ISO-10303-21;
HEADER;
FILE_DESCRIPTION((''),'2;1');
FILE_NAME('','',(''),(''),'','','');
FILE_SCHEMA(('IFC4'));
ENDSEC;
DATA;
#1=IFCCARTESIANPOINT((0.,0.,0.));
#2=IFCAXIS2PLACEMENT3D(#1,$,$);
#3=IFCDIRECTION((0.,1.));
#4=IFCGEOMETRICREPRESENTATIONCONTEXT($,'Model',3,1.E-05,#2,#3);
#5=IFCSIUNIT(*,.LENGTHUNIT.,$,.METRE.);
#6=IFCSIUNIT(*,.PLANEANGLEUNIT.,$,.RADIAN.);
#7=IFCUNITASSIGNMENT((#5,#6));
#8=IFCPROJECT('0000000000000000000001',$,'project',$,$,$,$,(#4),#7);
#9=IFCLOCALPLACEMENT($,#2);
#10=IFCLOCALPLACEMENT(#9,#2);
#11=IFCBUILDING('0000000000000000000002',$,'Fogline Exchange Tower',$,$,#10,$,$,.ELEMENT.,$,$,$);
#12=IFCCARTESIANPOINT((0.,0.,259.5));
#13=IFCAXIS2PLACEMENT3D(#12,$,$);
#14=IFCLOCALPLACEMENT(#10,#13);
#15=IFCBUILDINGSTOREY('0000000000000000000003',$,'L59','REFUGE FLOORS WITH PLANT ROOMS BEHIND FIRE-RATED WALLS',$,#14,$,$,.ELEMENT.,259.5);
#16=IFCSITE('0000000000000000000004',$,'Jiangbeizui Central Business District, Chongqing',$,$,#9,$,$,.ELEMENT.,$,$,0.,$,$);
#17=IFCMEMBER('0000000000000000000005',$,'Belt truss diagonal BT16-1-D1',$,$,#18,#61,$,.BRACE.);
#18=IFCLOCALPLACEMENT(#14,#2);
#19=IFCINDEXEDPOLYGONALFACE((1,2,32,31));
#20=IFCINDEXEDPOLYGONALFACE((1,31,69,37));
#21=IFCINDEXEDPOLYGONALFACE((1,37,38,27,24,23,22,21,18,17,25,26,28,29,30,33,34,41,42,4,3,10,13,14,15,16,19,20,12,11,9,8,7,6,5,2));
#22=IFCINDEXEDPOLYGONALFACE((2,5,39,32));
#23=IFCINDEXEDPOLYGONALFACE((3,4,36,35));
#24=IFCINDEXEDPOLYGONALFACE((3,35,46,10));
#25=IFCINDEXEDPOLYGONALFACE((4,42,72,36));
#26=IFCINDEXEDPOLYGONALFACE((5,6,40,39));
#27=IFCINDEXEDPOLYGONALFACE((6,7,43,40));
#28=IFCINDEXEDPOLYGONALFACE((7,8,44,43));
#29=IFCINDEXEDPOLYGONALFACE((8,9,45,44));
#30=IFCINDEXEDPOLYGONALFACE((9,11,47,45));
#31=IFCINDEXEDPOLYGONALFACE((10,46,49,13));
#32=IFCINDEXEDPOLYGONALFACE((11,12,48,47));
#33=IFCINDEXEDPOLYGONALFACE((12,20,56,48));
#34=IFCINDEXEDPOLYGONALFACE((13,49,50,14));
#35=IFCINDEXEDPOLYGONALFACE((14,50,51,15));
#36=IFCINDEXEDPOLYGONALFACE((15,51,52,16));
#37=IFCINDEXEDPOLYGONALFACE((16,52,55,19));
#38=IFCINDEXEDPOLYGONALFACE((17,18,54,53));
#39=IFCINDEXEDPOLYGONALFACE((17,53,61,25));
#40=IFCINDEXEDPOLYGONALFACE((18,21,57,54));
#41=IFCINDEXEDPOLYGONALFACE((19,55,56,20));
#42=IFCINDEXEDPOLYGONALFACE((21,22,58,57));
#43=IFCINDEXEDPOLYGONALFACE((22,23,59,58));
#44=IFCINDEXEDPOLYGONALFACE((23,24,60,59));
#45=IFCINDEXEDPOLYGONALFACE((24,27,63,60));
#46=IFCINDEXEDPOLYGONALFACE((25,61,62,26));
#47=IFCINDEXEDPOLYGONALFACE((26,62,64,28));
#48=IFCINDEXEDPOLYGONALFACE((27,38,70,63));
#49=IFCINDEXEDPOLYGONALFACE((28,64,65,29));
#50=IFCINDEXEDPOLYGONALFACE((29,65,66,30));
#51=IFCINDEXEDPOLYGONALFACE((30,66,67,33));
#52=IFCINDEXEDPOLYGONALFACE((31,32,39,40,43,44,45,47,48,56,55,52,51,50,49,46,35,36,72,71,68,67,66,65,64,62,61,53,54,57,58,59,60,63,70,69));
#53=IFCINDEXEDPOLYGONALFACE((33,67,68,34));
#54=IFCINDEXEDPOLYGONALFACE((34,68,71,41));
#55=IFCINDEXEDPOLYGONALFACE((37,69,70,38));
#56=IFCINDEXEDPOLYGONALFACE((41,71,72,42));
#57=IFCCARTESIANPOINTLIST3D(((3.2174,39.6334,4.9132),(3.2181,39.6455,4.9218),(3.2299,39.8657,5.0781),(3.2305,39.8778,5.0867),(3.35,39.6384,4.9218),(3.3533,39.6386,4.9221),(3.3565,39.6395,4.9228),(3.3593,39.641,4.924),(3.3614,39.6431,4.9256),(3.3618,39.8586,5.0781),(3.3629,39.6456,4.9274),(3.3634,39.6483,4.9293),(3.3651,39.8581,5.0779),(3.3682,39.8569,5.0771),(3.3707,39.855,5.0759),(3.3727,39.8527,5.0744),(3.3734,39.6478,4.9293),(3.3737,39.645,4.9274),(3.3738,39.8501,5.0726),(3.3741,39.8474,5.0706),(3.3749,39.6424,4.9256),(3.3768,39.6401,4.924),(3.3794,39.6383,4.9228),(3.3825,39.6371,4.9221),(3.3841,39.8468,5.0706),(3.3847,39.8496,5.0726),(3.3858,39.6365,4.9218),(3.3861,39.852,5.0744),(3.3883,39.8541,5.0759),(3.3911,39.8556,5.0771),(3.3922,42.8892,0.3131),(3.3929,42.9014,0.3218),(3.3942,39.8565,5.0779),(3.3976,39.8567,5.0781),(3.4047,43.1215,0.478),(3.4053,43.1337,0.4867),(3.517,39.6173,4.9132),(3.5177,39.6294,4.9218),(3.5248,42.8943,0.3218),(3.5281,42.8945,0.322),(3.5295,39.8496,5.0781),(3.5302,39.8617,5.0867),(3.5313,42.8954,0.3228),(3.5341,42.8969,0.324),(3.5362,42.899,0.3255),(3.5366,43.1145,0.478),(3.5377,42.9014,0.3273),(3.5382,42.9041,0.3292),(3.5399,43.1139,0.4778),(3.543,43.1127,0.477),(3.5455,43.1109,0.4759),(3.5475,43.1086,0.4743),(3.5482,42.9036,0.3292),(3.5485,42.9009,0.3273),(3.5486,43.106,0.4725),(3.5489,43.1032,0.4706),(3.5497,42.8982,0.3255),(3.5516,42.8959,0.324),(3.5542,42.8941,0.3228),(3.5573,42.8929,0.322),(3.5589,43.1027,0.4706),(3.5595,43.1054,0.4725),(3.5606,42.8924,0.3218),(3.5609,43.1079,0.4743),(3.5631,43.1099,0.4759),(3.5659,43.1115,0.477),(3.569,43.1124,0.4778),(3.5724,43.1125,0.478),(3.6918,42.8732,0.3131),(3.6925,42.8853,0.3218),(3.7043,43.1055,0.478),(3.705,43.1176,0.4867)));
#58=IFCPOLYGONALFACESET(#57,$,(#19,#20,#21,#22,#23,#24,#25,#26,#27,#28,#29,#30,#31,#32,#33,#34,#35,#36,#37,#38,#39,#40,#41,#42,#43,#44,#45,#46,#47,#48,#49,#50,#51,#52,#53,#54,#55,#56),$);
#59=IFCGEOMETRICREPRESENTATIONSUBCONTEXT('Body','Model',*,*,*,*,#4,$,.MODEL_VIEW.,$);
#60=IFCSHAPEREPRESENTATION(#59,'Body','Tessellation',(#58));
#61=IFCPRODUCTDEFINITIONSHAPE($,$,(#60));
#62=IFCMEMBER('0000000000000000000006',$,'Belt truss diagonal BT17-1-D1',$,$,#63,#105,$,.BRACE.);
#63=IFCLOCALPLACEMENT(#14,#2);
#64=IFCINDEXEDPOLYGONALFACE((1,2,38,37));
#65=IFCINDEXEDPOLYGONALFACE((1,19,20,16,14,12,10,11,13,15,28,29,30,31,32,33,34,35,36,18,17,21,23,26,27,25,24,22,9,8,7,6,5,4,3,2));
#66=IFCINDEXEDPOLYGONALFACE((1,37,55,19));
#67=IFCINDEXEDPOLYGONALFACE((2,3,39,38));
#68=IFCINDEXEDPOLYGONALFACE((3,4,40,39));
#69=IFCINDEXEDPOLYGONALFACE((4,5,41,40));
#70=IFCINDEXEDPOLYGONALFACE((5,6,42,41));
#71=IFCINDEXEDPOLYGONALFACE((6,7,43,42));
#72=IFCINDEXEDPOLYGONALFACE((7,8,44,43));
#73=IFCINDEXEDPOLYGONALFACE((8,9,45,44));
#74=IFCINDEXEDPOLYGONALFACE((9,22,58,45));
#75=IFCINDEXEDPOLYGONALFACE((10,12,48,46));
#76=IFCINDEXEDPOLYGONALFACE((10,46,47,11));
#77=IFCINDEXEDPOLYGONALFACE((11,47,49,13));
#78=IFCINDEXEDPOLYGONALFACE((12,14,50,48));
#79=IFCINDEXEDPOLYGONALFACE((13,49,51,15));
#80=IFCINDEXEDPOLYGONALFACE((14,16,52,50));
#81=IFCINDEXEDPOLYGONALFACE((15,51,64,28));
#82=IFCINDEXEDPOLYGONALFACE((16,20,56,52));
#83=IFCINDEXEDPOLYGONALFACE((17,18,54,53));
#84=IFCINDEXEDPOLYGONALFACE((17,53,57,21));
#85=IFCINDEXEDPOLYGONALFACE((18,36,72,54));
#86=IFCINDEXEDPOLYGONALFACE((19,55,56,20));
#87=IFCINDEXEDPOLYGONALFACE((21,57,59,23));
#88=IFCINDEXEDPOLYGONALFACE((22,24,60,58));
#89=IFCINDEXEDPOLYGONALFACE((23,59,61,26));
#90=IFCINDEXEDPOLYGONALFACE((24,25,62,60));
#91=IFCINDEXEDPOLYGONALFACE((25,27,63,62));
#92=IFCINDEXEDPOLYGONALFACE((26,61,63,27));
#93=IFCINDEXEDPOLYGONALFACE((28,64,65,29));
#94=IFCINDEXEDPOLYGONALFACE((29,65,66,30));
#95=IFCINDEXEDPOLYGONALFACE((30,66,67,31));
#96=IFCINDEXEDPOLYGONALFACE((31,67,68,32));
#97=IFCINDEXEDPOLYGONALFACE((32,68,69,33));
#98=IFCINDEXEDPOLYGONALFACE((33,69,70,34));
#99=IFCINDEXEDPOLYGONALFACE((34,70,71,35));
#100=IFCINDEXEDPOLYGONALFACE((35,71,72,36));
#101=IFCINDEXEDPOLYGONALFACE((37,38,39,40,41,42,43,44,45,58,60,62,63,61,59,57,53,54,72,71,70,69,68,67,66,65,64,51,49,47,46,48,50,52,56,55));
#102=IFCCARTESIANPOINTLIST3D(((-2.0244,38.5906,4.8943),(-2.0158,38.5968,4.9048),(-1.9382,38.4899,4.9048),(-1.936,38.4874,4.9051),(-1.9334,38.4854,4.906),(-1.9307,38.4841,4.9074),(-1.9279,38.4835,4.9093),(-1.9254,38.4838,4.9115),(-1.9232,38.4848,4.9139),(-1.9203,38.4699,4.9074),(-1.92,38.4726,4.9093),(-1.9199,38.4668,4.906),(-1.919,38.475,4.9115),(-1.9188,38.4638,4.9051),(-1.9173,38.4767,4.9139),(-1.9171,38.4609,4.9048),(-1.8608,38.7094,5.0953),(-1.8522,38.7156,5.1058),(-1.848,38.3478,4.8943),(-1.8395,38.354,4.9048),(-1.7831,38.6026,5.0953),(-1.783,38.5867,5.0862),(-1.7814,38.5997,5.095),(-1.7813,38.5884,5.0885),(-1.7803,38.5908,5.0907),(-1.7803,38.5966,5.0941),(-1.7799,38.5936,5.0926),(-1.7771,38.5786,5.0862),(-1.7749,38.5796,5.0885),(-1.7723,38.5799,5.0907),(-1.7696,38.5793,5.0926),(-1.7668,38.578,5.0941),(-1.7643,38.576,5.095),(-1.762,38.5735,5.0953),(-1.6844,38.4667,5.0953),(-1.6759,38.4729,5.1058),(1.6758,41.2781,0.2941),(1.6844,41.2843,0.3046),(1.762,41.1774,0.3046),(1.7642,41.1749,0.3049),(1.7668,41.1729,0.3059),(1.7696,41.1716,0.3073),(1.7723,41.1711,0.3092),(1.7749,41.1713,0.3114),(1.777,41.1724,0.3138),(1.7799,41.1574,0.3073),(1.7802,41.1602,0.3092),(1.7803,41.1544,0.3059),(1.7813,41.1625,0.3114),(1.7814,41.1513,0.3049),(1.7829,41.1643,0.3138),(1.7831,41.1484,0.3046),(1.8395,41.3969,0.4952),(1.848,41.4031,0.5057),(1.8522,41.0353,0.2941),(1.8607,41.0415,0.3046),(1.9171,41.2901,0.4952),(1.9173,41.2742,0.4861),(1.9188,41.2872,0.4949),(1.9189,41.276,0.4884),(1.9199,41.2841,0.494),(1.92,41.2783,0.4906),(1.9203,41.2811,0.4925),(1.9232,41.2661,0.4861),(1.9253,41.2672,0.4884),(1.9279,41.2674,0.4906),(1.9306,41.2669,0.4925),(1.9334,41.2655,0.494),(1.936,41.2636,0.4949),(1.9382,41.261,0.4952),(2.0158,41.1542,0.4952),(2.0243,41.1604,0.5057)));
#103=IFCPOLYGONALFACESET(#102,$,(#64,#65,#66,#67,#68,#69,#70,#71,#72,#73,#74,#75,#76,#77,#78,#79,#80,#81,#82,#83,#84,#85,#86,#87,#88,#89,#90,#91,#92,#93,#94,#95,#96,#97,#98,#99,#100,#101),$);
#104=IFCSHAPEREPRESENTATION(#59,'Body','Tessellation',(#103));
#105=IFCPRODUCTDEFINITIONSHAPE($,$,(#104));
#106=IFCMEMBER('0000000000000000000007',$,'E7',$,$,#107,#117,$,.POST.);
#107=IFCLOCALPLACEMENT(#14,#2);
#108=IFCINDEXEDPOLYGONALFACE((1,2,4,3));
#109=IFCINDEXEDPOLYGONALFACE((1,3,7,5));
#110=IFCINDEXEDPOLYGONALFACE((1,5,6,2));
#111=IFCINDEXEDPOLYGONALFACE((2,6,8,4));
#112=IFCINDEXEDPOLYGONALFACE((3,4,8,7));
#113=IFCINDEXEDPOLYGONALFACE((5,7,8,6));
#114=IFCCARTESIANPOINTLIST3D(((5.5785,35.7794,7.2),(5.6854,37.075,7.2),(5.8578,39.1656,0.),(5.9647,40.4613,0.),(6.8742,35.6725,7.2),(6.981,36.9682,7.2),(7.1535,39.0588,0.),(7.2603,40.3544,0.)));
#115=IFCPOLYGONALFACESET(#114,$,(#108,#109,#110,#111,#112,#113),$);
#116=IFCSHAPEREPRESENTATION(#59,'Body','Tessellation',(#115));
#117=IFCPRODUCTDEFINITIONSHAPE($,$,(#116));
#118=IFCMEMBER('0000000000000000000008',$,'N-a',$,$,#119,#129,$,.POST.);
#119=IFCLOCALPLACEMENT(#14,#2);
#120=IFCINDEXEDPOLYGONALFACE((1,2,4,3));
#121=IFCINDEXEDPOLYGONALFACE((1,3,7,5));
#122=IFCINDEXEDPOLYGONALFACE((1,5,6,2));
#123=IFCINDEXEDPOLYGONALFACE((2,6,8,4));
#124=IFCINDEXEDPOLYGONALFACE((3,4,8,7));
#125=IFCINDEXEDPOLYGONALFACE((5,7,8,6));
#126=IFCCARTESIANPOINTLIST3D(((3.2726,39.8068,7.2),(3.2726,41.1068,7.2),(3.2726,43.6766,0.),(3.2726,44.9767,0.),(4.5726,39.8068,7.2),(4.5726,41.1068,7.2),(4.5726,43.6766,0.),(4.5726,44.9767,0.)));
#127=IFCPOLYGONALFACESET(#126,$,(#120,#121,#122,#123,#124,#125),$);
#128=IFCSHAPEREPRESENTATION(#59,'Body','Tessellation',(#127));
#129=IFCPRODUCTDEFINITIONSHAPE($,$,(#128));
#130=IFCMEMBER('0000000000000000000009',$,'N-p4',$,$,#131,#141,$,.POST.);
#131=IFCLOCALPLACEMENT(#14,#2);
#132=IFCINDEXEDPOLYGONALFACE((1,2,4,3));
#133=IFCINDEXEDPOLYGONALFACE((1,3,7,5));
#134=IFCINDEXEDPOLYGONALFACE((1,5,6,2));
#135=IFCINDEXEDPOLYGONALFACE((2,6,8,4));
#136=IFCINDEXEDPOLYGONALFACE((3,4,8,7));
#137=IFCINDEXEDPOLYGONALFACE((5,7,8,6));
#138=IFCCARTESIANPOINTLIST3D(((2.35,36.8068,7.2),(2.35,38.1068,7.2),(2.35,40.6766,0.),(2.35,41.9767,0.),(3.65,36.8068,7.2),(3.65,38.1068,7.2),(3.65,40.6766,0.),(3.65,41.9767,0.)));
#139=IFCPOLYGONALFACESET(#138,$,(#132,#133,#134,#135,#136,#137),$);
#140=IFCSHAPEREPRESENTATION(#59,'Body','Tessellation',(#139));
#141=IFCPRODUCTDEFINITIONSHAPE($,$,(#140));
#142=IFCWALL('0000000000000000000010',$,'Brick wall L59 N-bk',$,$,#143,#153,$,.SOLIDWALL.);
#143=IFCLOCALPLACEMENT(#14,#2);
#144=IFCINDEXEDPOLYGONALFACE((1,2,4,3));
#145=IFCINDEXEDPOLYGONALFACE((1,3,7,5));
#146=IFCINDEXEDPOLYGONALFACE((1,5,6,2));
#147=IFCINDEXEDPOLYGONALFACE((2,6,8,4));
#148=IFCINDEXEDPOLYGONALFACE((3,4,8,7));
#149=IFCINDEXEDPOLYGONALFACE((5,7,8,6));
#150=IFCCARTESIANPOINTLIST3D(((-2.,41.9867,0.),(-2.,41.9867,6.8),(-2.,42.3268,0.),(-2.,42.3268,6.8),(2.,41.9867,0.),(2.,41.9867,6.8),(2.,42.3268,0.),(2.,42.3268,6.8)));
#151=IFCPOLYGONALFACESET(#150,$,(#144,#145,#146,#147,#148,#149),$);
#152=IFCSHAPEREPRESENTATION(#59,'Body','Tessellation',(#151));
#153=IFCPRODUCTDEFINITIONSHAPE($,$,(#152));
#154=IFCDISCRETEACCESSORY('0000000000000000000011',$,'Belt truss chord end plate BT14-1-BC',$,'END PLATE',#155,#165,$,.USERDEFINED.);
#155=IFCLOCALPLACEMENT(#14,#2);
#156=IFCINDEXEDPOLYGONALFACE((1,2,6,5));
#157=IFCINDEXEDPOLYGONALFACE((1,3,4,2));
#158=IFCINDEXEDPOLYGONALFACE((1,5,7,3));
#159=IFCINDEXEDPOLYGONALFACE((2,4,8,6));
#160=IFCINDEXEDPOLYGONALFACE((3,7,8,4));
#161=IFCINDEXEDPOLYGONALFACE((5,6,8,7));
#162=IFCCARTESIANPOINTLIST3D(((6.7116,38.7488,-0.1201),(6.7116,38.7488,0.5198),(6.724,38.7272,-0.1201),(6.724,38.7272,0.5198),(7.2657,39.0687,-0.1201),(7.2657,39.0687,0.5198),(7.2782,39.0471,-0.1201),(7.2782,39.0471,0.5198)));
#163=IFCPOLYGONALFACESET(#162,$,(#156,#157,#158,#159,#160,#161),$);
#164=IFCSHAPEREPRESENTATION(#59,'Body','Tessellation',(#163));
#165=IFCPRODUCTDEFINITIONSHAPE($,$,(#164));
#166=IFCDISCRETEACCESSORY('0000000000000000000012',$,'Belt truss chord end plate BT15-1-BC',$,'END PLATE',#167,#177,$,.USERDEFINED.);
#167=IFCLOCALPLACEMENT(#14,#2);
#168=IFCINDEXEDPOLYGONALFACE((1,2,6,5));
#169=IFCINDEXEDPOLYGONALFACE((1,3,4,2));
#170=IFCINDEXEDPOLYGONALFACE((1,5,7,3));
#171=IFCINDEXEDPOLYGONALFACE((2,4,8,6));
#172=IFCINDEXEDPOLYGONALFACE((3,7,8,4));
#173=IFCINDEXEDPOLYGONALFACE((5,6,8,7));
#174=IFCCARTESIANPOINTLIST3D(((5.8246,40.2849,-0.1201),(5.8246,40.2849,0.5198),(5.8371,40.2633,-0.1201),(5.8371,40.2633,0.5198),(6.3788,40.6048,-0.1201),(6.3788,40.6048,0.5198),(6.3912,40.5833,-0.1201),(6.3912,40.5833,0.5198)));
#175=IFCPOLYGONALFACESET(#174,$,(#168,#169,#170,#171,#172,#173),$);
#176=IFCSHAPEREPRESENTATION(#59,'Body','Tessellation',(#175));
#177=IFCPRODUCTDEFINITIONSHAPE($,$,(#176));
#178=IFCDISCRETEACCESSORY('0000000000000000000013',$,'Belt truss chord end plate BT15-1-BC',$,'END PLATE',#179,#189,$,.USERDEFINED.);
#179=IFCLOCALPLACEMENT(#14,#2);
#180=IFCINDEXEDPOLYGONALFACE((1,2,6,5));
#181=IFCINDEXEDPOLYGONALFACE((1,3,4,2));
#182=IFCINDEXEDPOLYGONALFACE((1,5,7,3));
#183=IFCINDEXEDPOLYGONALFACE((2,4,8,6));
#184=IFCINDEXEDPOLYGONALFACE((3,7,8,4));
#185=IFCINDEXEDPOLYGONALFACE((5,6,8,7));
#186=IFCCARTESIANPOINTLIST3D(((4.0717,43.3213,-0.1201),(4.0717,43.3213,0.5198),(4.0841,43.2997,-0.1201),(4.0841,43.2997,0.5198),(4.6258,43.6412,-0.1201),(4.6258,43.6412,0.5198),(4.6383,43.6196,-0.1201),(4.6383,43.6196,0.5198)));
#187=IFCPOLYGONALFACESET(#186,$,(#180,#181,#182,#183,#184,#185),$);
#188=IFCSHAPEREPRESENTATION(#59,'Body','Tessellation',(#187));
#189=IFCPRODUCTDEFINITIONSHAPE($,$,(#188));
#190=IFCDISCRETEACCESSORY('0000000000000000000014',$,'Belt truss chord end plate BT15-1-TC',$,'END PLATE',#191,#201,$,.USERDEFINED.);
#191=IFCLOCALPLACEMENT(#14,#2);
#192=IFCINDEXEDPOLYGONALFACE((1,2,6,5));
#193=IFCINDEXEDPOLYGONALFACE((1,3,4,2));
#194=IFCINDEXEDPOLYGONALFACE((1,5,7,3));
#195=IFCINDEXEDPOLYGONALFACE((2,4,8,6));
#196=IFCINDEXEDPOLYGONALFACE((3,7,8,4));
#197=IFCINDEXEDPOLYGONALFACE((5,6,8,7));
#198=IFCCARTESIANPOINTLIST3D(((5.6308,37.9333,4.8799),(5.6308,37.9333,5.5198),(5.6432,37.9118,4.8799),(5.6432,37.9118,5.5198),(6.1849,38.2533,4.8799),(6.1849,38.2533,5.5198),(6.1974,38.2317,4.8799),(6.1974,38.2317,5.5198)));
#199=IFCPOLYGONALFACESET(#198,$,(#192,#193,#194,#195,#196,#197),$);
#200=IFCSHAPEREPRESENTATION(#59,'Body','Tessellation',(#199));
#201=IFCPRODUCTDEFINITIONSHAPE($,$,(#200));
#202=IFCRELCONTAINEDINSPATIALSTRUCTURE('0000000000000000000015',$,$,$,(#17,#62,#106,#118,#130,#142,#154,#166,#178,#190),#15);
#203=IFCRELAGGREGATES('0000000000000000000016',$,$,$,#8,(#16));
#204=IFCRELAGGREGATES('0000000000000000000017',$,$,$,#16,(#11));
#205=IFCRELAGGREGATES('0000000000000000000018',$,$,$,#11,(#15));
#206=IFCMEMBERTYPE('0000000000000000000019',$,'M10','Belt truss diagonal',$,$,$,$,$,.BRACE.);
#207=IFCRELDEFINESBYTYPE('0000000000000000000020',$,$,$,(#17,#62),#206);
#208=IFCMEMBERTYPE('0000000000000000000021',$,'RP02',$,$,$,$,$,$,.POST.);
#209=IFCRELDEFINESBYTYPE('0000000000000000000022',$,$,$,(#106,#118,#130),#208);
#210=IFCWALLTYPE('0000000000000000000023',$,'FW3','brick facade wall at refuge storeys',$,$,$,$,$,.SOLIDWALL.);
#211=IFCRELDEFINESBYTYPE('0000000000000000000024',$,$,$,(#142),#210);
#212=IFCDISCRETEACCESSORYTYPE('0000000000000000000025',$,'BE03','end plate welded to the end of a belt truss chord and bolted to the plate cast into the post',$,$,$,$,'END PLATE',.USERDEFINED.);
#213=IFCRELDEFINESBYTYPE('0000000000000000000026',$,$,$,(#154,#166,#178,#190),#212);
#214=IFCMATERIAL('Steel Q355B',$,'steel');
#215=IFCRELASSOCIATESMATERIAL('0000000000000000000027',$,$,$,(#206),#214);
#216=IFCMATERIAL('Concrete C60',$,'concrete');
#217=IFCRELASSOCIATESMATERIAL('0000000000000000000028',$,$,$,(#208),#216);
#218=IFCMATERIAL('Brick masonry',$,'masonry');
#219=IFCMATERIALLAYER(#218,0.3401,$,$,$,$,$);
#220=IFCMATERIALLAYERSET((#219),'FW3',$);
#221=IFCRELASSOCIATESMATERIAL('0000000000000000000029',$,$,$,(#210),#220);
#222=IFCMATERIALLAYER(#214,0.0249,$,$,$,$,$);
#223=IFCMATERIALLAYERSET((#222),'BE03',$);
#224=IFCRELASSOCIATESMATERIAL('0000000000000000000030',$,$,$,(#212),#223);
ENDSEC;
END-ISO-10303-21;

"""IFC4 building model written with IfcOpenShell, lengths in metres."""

from ifc_helpers import new_model, si_unit, direction, frame, frame_2d, origin, origin_2d, place, context, subcontext, project, spatial, rectangle, i_section, extrude, material, layer, layer_set, material_profile, profile_set, type_object, element, save


model = new_model("IFC4")

# Units and contexts
model_context = context("Model", 3, precision=1e-05, world=origin(), true_north=direction((0.0, 1.0)))
body_context = subcontext(model_context, "Body", "Model", "MODEL_VIEW")
ifc_project = project(units=[si_unit("LENGTHUNIT", "METRE"), si_unit("PLANEANGLEUNIT", "RADIAN")], contexts=[model_context])

# Site, building, storey
site_placement = place(None, origin())
site = spatial("IfcSite", under=ifc_project, at=site_placement, Name="Jiangbeizui Central Business District, Chongqing", CompositionType="ELEMENT", RefElevation=0.0)
building_placement = place(site_placement, origin())
building = spatial("IfcBuilding", under=site, at=building_placement, Name="Fogline Exchange Tower", CompositionType="ELEMENT")
storey_placement = place(building_placement, frame((0.0, 0.0, 259.5)))
storey = spatial("IfcBuildingStorey", under=building, at=storey_placement, Name="L59", Description="REFUGE FLOORS WITH PLANT ROOMS BEHIND FIRE-RATED WALLS", CompositionType="ELEMENT", Elevation=259.5)

# Members
ifc_material_1 = material(Name="Steel Q355B", Category="steel")
ifc_material_profile_1 = material_profile(ifc_material_1, i_section(OverallWidth=0.3, OverallDepth=0.3, WebThickness=0.01, FlangeThickness=0.0149, FilletRadius=0.0129, at=origin_2d()), Name="HW300X300X10X15")
ifc_profile_set_1 = profile_set([ifc_material_profile_1], Name="Steel Q355B")
member_type_1 = type_object("IfcMemberType", Name="M10", Description="Belt truss diagonal", PredefinedType="BRACE", material=ifc_profile_set_1)
member_1_placement = place(storey_placement, frame((3.5486, 43.0034, 0.3999), z_axis=(-0.031002, -0.577439, 0.815845), x_axis=(0.998562, -0.053612, 0.0)))
element("IfcMember", 1, at=member_1_placement, inside=storey, type_object=member_type_1, Name="Belt truss diagonal BT16-1-D1", PredefinedType="BRACE", context=body_context, shape_type="SweptSolid", body=[
    extrude(i_section(OverallWidth=0.3, OverallDepth=0.3, WebThickness=0.01, FlangeThickness=0.0149, FilletRadius=0.0129, at=origin_2d()), origin(), (0.0, 0.0, 1.0), 5.6384),
])
member_2_placement = place(storey_placement, frame((1.8501, 41.2192, 0.3999), z_axis=(-0.570443, -0.41432, 0.709178), x_axis=(0.587664, -0.809105, 0.0)))
element("IfcMember", 2, at=member_2_placement, inside=storey, type_object=member_type_1, Name="Belt truss diagonal BT17-1-D1", PredefinedType="BRACE", context=body_context, shape_type="SweptSolid", body=[
    extrude(i_section(OverallWidth=0.3, OverallDepth=0.3, WebThickness=0.01, FlangeThickness=0.0149, FilletRadius=0.0129, at=origin_2d()), origin(), (0.0, 0.0, 1.0), 6.4866),
])
ifc_material_2 = material(Name="Concrete C60", Category="concrete")
ifc_material_profile_2 = material_profile(ifc_material_2, rectangle(XDim=1.3, YDim=1.3, at=origin_2d()), Name="RC 1300x1300")
ifc_profile_set_2 = profile_set([ifc_material_profile_2], Name="Concrete C60")
member_type_2 = type_object("IfcMemberType", Name="RP02", PredefinedType="POST", material=ifc_profile_set_2)
member_3_placement = place(storey_placement, frame((6.5591, 39.76, 0.0), z_axis=(0.0, 0.0, 1.0), x_axis=(0.996616, -0.082201, 0.0)))
element("IfcMember", 3, at=member_3_placement, inside=storey, type_object=member_type_2, Name="E7", PredefinedType="POST", context=body_context, shape_type="SweptSolid", body=[
    extrude(rectangle(XDim=1.3, YDim=1.3, at=origin_2d()), origin(), (0.0, -0.426775, 0.904358), 7.9614),
])
for number, where, z_axis, x_axis, name in (
    (4, (3.9226, 44.3267, 0.0), (0.0, 0.0, 1.0), (1.0, 0.0, 0.0), "N-a"),
    (5, (3.0, 41.3267, 0.0), (0.0, 0.0, 1.0), (1.0, 0.0, 0.0), "N-p4"),
):
    element("IfcMember", number, at=place(storey_placement, frame(where, z_axis=z_axis, x_axis=x_axis)), inside=storey, type_object=member_type_2, Name=name, PredefinedType="POST", context=body_context, shape_type="SweptSolid", body=[
        extrude(rectangle(XDim=1.3, YDim=1.3, at=origin_2d()), origin(), (0.0, -0.473434, 0.88083), 8.1741),
    ])

# Wall
ifc_material_3 = material(Name="Brick masonry", Category="masonry")
ifc_layer_1 = layer(ifc_material_3, 0.3401)
ifc_layer_set_1 = layer_set([ifc_layer_1], Name="FW3")
wall_type = type_object("IfcWallType", Name="FW3", Description="brick facade wall at refuge storeys", PredefinedType="SOLIDWALL", material=ifc_layer_set_1)
wall_placement = place(storey_placement, frame((2.0, 42.1567, 0.0), z_axis=(0.0, 0.0, 1.0), x_axis=(-1.0, 0.0, 0.0)))
element("IfcWall", 6, at=wall_placement, inside=storey, type_object=wall_type, Name="Brick wall L59 N-bk", PredefinedType="SOLIDWALL", context=body_context, shape_type="SweptSolid", body=[
    extrude(rectangle(XDim=4.0, YDim=0.3401, at=frame_2d((2.0, 0.0))), origin(), (0.0, 0.0, 1.0), 6.8),
])

# Discrete accessories
ifc_layer_2 = layer(ifc_material_1, 0.0249)
ifc_layer_set_2 = layer_set([ifc_layer_2], Name="BE03")
discrete_accessory_type = type_object("IfcDiscreteAccessoryType", Name="BE03", Description="end plate welded to the end of a belt truss chord and bolted to the plate cast into the post", ElementType="END PLATE", PredefinedType="USERDEFINED", material=ifc_layer_set_2)
for number, where, z_axis, x_axis, name in (
    (7, (6.9949, 38.8979, -0.1201), (0.0, 0.0, 1.0), (-0.5, 0.866025, 0.0), "Belt truss chord end plate BT14-1-BC"),
    (8, (6.1079, 40.4341, -0.1201), (0.0, 0.0, 1.0), (0.5, -0.866025, 0.0), "Belt truss chord end plate BT15-1-BC"),
    (9, (4.355, 43.4705, -0.1201), (0.0, 0.0, 1.0), (-0.5, 0.866025, 0.0), "Belt truss chord end plate BT15-1-BC"),
    (10, (5.9141, 38.0825, 4.8799), (0.0, 0.0, 1.0), (0.5, -0.866025, 0.0), "Belt truss chord end plate BT15-1-TC"),
):
    element("IfcDiscreteAccessory", number, at=place(storey_placement, frame(where, z_axis=z_axis, x_axis=x_axis)), inside=storey, type_object=discrete_accessory_type, Name=name, ObjectType="END PLATE", PredefinedType="USERDEFINED", context=body_context, shape_type="SweptSolid", body=[
        extrude(rectangle(XDim=0.0249, YDim=0.6399, at=origin_2d()), origin(), (0.0, 0.0, 1.0), 0.6399),
    ])

save(model, "model.ifc")
